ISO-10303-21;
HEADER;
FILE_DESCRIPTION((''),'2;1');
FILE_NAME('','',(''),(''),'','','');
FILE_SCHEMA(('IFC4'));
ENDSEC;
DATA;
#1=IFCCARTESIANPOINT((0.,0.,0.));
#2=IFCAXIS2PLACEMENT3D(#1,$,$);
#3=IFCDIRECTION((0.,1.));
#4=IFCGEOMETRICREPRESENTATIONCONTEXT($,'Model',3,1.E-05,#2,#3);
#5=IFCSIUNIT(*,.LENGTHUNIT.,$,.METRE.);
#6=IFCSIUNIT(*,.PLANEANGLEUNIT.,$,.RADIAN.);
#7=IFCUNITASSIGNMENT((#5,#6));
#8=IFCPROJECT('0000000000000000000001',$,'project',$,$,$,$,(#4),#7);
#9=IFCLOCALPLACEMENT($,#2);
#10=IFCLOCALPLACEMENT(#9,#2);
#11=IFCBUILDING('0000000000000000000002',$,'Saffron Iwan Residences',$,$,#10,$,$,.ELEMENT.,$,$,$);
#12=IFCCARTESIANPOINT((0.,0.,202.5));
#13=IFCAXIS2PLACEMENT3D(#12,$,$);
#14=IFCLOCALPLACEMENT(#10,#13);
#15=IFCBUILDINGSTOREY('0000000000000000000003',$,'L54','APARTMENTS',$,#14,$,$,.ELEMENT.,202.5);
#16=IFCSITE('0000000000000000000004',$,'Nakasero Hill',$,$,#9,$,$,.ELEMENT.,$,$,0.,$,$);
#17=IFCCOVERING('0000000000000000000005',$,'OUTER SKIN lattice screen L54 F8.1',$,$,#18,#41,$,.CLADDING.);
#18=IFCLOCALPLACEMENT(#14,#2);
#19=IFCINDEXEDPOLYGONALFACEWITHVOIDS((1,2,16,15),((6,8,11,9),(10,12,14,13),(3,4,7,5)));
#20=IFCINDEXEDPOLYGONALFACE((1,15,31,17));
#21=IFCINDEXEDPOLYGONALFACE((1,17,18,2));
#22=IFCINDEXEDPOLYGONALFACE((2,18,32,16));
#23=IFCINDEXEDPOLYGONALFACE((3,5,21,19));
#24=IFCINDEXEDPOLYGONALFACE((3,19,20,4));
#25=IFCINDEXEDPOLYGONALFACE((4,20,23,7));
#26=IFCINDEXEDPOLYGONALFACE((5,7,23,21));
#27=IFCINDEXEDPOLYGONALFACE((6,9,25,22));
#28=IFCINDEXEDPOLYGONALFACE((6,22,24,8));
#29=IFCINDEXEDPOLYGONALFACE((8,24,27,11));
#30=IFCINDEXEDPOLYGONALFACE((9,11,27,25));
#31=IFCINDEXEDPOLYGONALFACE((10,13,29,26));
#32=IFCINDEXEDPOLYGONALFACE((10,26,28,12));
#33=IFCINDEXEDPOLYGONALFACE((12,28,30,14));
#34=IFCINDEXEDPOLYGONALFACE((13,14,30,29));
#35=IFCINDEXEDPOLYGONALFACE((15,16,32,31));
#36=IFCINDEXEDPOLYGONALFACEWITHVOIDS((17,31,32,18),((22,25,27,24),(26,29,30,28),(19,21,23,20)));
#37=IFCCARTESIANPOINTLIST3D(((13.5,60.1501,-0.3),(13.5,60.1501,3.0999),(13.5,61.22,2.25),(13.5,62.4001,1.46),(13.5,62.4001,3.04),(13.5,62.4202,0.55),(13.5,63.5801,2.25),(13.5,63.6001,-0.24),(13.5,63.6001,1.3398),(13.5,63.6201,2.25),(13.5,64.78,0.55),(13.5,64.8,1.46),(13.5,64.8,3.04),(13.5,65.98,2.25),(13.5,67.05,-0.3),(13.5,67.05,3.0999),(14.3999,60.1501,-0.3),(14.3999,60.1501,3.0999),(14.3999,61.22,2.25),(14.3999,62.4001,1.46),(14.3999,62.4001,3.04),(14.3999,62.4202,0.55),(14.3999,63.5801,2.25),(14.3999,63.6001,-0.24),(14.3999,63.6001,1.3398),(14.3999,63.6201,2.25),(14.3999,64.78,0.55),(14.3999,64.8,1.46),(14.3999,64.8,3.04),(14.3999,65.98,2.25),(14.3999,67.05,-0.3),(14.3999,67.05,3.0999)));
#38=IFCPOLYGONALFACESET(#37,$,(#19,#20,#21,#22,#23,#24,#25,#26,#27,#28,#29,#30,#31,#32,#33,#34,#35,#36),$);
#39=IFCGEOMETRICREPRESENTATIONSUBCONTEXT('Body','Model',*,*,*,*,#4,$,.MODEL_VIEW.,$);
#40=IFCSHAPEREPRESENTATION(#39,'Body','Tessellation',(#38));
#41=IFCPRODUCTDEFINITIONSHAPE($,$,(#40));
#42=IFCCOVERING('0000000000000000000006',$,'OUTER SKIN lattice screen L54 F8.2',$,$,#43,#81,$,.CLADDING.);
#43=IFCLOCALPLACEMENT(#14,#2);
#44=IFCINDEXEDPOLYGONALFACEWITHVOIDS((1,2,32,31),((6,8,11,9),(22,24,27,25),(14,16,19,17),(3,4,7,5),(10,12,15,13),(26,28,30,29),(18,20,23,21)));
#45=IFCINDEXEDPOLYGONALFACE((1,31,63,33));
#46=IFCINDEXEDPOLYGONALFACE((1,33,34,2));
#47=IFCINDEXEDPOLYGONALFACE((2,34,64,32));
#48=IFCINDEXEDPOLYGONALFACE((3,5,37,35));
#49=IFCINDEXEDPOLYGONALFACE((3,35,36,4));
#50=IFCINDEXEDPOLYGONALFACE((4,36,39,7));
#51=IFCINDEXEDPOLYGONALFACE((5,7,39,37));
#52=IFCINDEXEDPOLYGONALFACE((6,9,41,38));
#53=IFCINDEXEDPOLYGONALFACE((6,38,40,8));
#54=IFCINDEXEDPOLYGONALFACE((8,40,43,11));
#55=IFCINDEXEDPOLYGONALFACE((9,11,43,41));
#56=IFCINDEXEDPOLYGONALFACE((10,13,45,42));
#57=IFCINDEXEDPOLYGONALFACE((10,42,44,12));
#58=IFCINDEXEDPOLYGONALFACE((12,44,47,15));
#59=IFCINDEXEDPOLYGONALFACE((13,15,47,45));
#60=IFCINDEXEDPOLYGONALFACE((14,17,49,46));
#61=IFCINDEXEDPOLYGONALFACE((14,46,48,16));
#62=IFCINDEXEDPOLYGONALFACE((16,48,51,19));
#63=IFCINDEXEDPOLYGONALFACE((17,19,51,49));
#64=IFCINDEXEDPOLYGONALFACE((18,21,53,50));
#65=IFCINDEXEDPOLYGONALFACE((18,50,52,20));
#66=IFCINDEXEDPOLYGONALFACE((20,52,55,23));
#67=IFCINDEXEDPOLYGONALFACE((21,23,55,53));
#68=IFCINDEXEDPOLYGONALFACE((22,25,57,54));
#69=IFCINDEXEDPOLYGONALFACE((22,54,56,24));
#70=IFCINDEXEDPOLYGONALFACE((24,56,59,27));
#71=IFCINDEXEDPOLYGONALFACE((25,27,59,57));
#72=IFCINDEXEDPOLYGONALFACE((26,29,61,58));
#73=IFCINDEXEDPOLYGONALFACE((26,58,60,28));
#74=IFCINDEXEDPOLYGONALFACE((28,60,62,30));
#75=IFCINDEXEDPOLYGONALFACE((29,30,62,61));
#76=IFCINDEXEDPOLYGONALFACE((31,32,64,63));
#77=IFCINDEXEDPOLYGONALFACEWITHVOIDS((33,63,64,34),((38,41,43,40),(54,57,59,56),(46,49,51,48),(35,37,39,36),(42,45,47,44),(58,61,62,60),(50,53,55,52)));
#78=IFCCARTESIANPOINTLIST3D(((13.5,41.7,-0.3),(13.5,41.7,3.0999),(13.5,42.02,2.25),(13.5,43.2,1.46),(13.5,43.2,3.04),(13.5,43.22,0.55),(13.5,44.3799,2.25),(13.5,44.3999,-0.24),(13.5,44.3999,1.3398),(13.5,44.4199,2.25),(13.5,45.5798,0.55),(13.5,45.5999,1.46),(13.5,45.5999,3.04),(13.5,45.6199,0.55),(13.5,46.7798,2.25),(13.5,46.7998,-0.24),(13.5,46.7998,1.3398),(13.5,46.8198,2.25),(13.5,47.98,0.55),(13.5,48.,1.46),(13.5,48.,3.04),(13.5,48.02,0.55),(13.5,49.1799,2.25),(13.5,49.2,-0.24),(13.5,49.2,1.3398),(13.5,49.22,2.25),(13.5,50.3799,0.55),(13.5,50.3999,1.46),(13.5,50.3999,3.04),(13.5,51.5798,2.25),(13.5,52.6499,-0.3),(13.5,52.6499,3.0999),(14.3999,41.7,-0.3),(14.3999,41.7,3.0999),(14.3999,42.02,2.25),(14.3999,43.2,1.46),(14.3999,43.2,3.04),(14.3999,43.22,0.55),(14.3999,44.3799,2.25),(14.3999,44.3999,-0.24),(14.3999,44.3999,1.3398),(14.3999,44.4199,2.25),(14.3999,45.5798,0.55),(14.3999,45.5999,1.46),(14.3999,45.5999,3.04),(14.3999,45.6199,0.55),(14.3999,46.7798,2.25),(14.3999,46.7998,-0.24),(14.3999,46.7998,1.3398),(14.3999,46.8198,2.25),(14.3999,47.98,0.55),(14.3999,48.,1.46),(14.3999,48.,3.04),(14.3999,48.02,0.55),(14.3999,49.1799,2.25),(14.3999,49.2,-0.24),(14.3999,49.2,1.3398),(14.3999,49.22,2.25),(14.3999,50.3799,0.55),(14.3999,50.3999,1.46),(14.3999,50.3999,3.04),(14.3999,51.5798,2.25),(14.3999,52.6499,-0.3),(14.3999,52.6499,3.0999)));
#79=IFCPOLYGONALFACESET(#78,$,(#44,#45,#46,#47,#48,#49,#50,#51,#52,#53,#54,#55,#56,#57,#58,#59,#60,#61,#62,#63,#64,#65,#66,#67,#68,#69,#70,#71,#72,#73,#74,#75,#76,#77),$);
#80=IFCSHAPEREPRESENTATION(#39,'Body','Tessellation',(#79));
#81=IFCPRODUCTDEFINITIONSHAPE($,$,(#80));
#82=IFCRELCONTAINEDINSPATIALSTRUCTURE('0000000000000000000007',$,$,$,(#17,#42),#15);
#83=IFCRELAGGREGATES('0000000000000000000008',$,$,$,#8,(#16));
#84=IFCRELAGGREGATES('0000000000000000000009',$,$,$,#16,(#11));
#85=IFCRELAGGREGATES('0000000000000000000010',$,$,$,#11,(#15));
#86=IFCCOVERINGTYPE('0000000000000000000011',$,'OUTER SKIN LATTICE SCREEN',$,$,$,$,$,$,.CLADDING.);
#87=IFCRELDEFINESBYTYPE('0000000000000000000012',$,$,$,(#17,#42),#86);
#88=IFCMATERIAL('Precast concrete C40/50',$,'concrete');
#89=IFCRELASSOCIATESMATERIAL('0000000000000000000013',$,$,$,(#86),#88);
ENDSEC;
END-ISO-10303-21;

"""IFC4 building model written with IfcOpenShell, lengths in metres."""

from ifc_helpers import new_model, si_unit, direction, frame, origin, place, context, subcontext, project, spatial, polyline, outline, extrude, material, type_object, element, save


model = new_model("IFC4")

# Units and contexts
model_context = context("Model", 3, precision=1e-05, world=origin(), true_north=direction((0.0, 1.0)))
body_context = subcontext(model_context, "Body", "Model", "MODEL_VIEW")
ifc_project = project(units=[si_unit("LENGTHUNIT", "METRE"), si_unit("PLANEANGLEUNIT", "RADIAN")], contexts=[model_context])

# Site, building, storey
site_placement = place(None, origin())
site = spatial("IfcSite", under=ifc_project, at=site_placement, Name="Nakasero Hill", CompositionType="ELEMENT", RefElevation=0.0)
building_placement = place(site_placement, origin())
building = spatial("IfcBuilding", under=site, at=building_placement, Name="Saffron Iwan Residences", CompositionType="ELEMENT")
storey_placement = place(building_placement, frame((0.0, 0.0, 202.5)))
storey = spatial("IfcBuildingStorey", under=building, at=storey_placement, Name="L54", Description="APARTMENTS", CompositionType="ELEMENT", Elevation=202.5)

# Coverings
ifc_material_1 = material(Name="Precast concrete C40/50", Category="concrete")
covering_type = type_object("IfcCoveringType", Name="OUTER SKIN LATTICE SCREEN", PredefinedType="CLADDING", material=ifc_material_1)
covering_1_placement = place(storey_placement, frame((14.3999, 67.05, -0.3), z_axis=(-1.0, 0.0, 0.0), x_axis=(0.0, -1.0, 0.0)))
element("IfcCovering", 1, at=covering_1_placement, inside=storey, type_object=covering_type, Name="OUTER SKIN lattice screen L54 F8.1", PredefinedType="CLADDING", context=body_context, shape_type="SweptSolid", body=[
    extrude(outline(polyline([(0.0, 0.0), (6.8999, 0.0), (6.8999, 3.3999), (0.0, 3.3999), (0.0, 0.0)]), holes=[polyline([(2.27, 0.8501), (3.45, 0.0601), (4.6299, 0.8501), (3.45, 1.6399), (2.27, 0.8501)]), polyline([(1.0701, 2.55), (2.25, 1.76), (3.4299, 2.55), (2.25, 3.3401), (1.0701, 2.55)]), polyline([(3.47, 2.55), (4.6499, 1.76), (5.8301, 2.55), (4.6499, 3.3401), (3.47, 2.55)])]), origin(), (0.0, 0.0, 1.0), 0.8999),
])
covering_2_placement = place(storey_placement, frame((14.3999, 52.6499, -0.3), z_axis=(-1.0, 0.0, 0.0), x_axis=(0.0, -1.0, 0.0)))
element("IfcCovering", 2, at=covering_2_placement, inside=storey, type_object=covering_type, Name="OUTER SKIN lattice screen L54 F8.2", PredefinedType="CLADDING", context=body_context, shape_type="SweptSolid", body=[
    extrude(outline(polyline([(0.0, 0.0), (10.95, 0.0), (10.95, 3.3999), (0.0, 3.3999), (0.0, 0.0)]), holes=[polyline([(2.27, 0.8501), (3.45, 0.0601), (4.6299, 0.8501), (3.45, 1.6399), (2.27, 0.8501)]), polyline([(4.6699, 0.8501), (5.8501, 0.0601), (7.03, 0.8501), (5.8501, 1.6399), (4.6699, 0.8501)]), polyline([(7.0701, 0.8501), (8.25, 0.0601), (9.4299, 0.8501), (8.25, 1.6399), (7.0701, 0.8501)]), polyline([(1.0701, 2.55), (2.25, 1.76), (3.4299, 2.55), (2.25, 3.3401), (1.0701, 2.55)]), polyline([(3.47, 2.55), (4.6499, 1.76), (5.8301, 2.55), (4.6499, 3.3401), (3.47, 2.55)]), polyline([(5.8701, 2.55), (7.05, 1.76), (8.23, 2.55), (7.05, 3.3401), (5.8701, 2.55)]), polyline([(8.27, 2.55), (9.45, 1.76), (10.6299, 2.55), (9.45, 3.3401), (8.27, 2.55)])]), origin(), (0.0, 0.0, 1.0), 0.8999),
])

save(model, "model.ifc")
